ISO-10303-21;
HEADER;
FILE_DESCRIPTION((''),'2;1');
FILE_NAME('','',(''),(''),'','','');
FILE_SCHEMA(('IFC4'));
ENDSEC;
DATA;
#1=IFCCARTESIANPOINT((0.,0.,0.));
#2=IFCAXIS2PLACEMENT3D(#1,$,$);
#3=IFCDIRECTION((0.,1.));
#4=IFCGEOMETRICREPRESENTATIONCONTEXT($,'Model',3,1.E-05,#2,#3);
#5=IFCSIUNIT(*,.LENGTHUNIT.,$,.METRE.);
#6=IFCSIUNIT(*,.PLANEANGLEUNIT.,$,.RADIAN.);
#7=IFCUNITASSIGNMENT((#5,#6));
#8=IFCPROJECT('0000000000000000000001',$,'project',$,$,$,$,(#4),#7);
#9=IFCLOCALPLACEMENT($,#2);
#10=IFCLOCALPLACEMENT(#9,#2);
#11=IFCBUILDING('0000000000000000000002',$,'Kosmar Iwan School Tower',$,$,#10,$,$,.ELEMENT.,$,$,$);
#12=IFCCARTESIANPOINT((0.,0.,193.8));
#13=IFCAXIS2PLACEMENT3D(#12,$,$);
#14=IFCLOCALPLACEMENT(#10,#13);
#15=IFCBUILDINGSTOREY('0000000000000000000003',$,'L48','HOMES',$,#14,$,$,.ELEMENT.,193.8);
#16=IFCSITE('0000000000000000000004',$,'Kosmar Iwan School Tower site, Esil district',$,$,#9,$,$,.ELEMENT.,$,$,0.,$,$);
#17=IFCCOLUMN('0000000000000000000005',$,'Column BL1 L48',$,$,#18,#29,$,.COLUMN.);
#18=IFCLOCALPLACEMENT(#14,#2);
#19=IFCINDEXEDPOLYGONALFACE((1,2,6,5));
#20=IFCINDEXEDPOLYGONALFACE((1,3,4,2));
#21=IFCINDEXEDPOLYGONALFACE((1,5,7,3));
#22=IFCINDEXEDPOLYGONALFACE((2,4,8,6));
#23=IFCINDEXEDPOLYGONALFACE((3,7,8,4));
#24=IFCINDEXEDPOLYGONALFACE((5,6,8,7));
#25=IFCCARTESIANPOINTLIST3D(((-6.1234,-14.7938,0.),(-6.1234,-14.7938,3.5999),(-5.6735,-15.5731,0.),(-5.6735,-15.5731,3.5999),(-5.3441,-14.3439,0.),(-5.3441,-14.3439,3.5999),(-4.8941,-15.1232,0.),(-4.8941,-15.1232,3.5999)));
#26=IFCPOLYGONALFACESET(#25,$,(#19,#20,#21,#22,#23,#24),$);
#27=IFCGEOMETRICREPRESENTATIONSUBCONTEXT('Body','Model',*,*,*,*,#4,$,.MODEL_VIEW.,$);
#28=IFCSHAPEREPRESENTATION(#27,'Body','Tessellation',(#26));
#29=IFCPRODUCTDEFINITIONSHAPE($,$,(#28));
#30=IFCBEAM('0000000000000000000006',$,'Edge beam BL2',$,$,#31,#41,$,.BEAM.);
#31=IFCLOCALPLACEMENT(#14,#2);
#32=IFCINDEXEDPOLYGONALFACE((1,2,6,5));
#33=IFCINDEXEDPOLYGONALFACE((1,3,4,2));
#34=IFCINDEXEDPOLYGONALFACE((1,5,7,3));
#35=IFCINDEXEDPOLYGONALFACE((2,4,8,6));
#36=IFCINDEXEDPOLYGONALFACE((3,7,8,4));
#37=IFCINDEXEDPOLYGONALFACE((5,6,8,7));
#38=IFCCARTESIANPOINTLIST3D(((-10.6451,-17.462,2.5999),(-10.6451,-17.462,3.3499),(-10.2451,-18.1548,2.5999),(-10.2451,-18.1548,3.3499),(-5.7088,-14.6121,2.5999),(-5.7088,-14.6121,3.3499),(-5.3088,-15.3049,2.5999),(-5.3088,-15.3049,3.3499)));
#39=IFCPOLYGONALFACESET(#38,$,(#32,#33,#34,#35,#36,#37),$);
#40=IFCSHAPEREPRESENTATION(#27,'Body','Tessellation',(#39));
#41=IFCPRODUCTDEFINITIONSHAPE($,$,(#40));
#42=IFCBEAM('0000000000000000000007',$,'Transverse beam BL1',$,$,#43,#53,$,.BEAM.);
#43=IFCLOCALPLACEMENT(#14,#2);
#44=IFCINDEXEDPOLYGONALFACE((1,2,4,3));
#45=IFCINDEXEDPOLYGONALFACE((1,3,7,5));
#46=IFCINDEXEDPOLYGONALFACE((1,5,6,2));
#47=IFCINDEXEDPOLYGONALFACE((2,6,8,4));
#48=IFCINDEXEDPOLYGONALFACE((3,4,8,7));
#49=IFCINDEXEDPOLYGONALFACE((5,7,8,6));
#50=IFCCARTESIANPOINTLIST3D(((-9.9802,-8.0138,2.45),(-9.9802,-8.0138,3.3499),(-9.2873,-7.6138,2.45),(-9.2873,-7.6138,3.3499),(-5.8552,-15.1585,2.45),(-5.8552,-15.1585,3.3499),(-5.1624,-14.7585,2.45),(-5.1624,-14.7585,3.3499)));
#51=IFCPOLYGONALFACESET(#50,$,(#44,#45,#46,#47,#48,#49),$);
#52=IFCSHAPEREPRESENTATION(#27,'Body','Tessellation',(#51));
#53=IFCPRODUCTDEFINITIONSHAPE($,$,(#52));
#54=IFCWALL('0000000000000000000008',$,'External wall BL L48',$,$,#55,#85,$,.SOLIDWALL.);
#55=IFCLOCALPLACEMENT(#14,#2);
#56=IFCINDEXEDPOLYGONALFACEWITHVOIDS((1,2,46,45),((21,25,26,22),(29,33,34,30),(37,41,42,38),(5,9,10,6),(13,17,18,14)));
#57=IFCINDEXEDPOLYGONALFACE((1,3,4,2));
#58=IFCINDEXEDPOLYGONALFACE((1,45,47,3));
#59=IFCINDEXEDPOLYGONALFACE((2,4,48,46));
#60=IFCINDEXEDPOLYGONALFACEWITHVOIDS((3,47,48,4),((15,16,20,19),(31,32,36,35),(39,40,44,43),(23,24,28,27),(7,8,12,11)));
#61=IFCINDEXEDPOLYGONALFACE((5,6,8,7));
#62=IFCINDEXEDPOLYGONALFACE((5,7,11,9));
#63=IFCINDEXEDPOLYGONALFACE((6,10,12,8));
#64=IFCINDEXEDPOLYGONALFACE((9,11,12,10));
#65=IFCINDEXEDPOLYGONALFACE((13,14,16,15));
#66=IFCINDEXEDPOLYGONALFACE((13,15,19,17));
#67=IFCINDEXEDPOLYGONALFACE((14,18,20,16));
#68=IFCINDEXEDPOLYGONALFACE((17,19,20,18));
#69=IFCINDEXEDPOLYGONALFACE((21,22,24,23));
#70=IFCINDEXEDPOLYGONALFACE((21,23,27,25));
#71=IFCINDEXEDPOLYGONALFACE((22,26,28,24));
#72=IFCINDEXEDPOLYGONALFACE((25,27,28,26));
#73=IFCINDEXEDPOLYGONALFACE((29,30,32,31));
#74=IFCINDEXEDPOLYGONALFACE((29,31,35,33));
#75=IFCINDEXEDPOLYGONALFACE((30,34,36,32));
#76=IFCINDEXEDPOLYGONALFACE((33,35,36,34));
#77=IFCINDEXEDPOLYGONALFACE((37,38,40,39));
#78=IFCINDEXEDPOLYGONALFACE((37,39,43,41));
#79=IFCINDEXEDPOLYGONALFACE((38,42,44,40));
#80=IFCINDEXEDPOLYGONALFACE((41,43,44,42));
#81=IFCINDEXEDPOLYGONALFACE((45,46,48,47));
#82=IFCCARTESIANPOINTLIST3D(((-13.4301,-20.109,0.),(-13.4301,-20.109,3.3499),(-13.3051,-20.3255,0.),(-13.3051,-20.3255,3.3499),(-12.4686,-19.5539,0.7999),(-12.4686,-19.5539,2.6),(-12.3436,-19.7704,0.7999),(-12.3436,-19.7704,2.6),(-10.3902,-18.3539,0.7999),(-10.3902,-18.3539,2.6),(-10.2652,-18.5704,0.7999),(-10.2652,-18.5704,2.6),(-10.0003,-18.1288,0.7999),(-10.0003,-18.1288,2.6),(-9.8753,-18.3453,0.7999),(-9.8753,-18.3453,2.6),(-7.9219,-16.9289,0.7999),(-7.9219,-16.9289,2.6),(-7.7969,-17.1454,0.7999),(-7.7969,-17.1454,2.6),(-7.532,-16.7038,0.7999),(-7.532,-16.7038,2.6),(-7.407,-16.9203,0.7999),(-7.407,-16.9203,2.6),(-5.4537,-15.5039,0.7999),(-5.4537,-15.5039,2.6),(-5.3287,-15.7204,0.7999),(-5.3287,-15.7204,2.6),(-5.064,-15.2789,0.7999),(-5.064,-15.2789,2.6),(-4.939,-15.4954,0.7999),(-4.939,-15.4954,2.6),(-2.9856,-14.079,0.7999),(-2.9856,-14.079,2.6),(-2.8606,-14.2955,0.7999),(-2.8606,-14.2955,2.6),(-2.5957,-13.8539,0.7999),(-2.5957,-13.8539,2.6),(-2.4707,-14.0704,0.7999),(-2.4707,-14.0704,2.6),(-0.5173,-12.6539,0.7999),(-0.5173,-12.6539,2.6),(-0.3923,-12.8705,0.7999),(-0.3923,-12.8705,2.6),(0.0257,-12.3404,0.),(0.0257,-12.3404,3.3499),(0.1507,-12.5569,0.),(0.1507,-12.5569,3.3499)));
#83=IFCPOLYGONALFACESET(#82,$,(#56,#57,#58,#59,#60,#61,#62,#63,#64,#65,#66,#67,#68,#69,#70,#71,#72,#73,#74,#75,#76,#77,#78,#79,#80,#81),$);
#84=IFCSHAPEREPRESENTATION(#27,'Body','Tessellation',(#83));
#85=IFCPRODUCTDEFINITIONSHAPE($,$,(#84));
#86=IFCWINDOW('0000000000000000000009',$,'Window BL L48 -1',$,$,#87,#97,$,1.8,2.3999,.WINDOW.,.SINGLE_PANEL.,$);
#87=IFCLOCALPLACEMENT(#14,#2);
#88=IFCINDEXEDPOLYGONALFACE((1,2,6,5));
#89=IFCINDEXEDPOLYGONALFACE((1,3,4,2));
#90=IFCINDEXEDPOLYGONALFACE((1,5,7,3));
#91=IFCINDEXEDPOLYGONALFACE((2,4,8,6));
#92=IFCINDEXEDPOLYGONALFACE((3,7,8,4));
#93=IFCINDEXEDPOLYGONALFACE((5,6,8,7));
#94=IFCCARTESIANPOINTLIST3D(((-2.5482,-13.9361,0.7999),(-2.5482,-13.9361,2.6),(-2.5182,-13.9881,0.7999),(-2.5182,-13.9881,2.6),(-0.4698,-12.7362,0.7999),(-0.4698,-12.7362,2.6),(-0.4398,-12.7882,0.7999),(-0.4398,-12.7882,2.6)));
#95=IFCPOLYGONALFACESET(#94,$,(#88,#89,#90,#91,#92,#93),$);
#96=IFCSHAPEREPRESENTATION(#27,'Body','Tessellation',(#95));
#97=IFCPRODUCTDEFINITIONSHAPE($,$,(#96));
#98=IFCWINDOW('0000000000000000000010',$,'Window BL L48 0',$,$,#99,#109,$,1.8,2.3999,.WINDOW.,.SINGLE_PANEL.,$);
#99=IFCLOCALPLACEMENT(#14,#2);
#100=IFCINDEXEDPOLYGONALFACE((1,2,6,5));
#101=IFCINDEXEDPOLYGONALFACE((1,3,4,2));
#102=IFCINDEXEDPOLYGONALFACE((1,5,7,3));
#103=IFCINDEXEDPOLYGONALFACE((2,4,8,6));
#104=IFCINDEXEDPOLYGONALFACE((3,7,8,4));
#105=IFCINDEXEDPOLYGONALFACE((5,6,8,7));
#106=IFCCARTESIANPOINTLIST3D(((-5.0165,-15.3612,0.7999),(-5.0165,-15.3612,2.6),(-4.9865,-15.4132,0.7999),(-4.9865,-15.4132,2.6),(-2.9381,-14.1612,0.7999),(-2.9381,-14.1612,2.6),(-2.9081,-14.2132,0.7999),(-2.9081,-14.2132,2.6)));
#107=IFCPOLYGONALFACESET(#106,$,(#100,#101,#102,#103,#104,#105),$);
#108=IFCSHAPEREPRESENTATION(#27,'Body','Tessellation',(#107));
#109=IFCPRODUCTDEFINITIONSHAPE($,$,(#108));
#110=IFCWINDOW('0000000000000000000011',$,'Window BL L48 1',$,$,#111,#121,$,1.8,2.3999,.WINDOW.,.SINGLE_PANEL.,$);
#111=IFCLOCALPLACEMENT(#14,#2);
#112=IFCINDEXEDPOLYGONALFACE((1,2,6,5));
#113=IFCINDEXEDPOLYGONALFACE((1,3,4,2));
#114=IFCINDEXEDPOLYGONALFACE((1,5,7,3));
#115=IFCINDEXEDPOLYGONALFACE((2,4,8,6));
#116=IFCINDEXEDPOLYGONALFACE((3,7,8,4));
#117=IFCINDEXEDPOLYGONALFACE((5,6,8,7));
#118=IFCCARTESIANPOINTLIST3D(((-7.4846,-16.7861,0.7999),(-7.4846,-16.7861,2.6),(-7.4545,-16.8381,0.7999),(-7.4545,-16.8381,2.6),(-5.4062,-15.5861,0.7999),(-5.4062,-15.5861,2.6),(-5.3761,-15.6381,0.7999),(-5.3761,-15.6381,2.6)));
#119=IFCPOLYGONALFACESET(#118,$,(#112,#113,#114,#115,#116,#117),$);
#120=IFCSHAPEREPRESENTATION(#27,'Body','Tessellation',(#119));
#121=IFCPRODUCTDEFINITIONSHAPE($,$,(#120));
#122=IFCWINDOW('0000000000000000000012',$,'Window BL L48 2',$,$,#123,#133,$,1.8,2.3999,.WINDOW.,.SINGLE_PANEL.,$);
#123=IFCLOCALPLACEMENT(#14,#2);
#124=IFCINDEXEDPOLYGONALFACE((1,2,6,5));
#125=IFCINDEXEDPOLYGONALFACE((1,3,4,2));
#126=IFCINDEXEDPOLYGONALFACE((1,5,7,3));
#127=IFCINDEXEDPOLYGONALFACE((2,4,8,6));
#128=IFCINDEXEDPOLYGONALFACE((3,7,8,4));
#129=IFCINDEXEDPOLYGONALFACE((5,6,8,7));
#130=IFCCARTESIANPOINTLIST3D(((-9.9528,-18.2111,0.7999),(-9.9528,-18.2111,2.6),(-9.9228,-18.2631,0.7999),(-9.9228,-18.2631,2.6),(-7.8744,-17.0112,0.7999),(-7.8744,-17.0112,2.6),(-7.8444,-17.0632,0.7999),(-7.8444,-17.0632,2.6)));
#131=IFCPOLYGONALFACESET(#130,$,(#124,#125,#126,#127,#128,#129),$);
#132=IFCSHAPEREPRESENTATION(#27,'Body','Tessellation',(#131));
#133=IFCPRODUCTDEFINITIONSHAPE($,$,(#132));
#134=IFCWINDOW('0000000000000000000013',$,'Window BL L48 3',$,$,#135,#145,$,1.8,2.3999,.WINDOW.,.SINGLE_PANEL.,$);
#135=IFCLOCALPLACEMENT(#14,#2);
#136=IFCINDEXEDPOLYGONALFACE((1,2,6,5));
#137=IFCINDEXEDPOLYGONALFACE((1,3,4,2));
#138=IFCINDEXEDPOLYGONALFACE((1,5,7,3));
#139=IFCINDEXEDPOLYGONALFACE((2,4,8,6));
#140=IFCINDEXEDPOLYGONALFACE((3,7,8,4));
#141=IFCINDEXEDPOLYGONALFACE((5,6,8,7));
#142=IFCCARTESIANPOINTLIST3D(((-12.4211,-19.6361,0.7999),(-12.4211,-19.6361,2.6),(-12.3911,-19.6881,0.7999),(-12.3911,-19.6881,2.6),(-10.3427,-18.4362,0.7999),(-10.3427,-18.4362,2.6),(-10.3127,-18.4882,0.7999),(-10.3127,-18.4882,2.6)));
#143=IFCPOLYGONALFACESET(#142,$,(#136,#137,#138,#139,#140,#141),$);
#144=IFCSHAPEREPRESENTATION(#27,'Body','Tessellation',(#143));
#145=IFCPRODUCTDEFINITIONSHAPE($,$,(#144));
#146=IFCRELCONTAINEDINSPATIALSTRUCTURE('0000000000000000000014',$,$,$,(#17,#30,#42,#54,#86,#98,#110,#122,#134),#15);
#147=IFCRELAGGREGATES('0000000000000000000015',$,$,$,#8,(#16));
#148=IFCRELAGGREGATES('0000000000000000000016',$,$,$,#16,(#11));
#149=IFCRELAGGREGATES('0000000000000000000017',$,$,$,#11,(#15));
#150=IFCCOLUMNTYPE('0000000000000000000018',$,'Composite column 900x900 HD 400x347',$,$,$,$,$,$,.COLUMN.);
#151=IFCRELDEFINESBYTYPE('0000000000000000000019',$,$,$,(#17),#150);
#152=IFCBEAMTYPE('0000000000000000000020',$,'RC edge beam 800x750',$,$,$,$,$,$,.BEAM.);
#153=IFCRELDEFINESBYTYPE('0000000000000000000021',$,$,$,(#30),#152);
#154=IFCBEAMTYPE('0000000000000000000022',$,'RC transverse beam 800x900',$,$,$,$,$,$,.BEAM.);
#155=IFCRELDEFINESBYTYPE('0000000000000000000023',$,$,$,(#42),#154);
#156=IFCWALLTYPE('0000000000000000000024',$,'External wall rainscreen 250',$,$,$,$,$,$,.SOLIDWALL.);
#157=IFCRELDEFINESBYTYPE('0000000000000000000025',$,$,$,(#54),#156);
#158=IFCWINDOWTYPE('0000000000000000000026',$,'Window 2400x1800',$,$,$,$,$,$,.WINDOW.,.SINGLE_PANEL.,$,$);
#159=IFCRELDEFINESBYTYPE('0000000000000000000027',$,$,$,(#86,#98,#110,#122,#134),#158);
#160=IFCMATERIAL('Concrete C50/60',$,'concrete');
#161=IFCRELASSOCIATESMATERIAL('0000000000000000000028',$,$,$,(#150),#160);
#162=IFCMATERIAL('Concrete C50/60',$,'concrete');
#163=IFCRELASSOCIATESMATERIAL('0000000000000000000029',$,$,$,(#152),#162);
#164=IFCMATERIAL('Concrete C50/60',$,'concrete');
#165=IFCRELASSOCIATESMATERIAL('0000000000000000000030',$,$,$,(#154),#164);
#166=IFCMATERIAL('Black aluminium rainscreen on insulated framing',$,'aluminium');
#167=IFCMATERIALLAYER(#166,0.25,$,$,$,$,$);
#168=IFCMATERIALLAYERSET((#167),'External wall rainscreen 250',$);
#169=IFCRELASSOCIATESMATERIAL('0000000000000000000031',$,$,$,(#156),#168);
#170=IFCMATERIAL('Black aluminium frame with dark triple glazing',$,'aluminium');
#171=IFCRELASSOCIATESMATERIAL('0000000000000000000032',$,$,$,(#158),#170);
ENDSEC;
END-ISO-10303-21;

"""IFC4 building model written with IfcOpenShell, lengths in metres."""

from ifc_helpers import new_model, si_unit, direction, frame, frame_2d, origin, origin_2d, place, context, subcontext, project, spatial, rectangle, extrude, material, layer, layer_set, material_profile, profile_set, type_object, element, fill, save


model = new_model("IFC4")

# Units and contexts
model_context = context("Model", 3, precision=1e-05, world=origin(), true_north=direction((0.0, 1.0)))
body_context = subcontext(model_context, "Body", "Model", "MODEL_VIEW")
ifc_project = project(units=[si_unit("LENGTHUNIT", "METRE"), si_unit("PLANEANGLEUNIT", "RADIAN")], contexts=[model_context])

# Site, building, storey
site_placement = place(None, origin())
site = spatial("IfcSite", under=ifc_project, at=site_placement, Name="Kosmar Iwan School Tower site, Esil district", CompositionType="ELEMENT", RefElevation=0.0)
building_placement = place(site_placement, origin())
building = spatial("IfcBuilding", under=site, at=building_placement, Name="Kosmar Iwan School Tower", CompositionType="ELEMENT")
storey_placement = place(building_placement, frame((0.0, 0.0, 193.8)))
storey = spatial("IfcBuildingStorey", under=building, at=storey_placement, Name="L48", Description="HOMES", CompositionType="ELEMENT", Elevation=193.8)

# Column
ifc_material_1 = material(Name="Concrete C50/60", Category="concrete")
ifc_material_profile_1 = material_profile(ifc_material_1, rectangle(XDim=0.8999, YDim=0.8999, at=origin_2d()), Name="RC 900x900 + HD 400x347")
ifc_profile_set_1 = profile_set([ifc_material_profile_1], Name="Concrete C50/60")
column_type = type_object("IfcColumnType", Name="Composite column 900x900 HD 400x347", PredefinedType="COLUMN", material=ifc_profile_set_1)
column_placement = place(storey_placement, frame((-5.5088, -14.9585, 0.0), z_axis=(0.0, 0.0, 1.0), x_axis=(-0.866025, -0.5, 0.0)))
element("IfcColumn", 1, at=column_placement, inside=storey, type_object=column_type, Name="Column BL1 L48", PredefinedType="COLUMN", context=body_context, shape_type="SweptSolid", body=[
    extrude(rectangle(XDim=0.8999, YDim=0.8999, at=origin_2d()), origin(), (0.0, 0.0, 1.0), 3.5999),
])

# Beams
ifc_material_2 = material(Name="Concrete C50/60", Category="concrete")
ifc_material_profile_2 = material_profile(ifc_material_2, rectangle(XDim=0.8, YDim=0.75, at=origin_2d()), Name="RC 800x750")
ifc_profile_set_2 = profile_set([ifc_material_profile_2], Name="Concrete C50/60")
beam_type_1 = type_object("IfcBeamType", Name="RC edge beam 800x750", PredefinedType="BEAM", material=ifc_profile_set_2)
beam_1_placement = place(storey_placement, frame((-5.5088, -14.9585, 2.9749), z_axis=(-0.866034, -0.499986, 0.0), x_axis=(0.499986, -0.866034, 0.0)))
element("IfcBeam", 2, at=beam_1_placement, inside=storey, type_object=beam_type_1, Name="Edge beam BL2", PredefinedType="BEAM", context=body_context, shape_type="SweptSolid", body=[
    extrude(rectangle(XDim=0.8, YDim=0.75, at=origin_2d()), origin(), (0.0, 0.0, 1.0), 5.7),
])
ifc_material_3 = material(Name="Concrete C50/60", Category="concrete")
ifc_material_profile_3 = material_profile(ifc_material_3, rectangle(XDim=0.8, YDim=0.8999, at=origin_2d()), Name="RC 800x900")
ifc_profile_set_3 = profile_set([ifc_material_profile_3], Name="Concrete C50/60")
beam_type_2 = type_object("IfcBeamType", Name="RC transverse beam 800x900", PredefinedType="BEAM", material=ifc_profile_set_3)
beam_2_placement = place(storey_placement, frame((-5.5088, -14.9585, 2.8999), z_axis=(-0.499997, 0.866027, 0.0), x_axis=(-0.866027, -0.499997, 0.0)))
element("IfcBeam", 3, at=beam_2_placement, inside=storey, type_object=beam_type_2, Name="Transverse beam BL1", PredefinedType="BEAM", context=body_context, shape_type="SweptSolid", body=[
    extrude(rectangle(XDim=0.8, YDim=0.8999, at=origin_2d()), origin(), (0.0, 0.0, 1.0), 8.25),
])

# Wall, openings, windows
ifc_material_4 = material(Name="Black aluminium rainscreen on insulated framing", Category="aluminium")
ifc_layer = layer(ifc_material_4, 0.25)
ifc_layer_set = layer_set([ifc_layer], Name="External wall rainscreen 250")
wall_type = type_object("IfcWallType", Name="External wall rainscreen 250", PredefinedType="SOLIDWALL", material=ifc_layer_set)
wall_1_placement = place(storey_placement, frame((0.0881, -12.4487, 0.0), z_axis=(0.0, 0.0, 1.0), x_axis=(-0.86603, -0.499992, 0.0)))
wall_1 = element("IfcWall", 4, at=wall_1_placement, inside=storey, type_object=wall_type, Name="External wall BL L48", PredefinedType="SOLIDWALL", context=body_context, shape_type="SweptSolid", body=[
    extrude(rectangle(XDim=15.5374, YDim=0.25, at=frame_2d((7.7686, 0.0))), origin(), (0.0, 0.0, 1.0), 3.3499),
])
opening_1_placement = place(wall_1_placement, frame((0.627, 0.0, 0.8)))
opening_1 = element("IfcOpeningElement", 5, at=opening_1_placement, cuts=wall_1, PredefinedType="OPENING", context=body_context, shape_type="SweptSolid", body=[
    extrude(rectangle(XDim=2.3999, YDim=1.8, at=frame_2d((1.2, 0.8999))), frame((0.0, 0.137, 0.0), z_axis=(0.0, -1.0, 0.0), x_axis=(1.0, 0.0, 0.0)), (0.0, 0.0, 1.0), 0.2739),
])
opening_2_placement = place(wall_1_placement, frame((3.4771, 0.0, 0.8)))
opening_2 = element("IfcOpeningElement", 6, at=opening_2_placement, cuts=wall_1, PredefinedType="OPENING", context=body_context, shape_type="SweptSolid", body=[
    extrude(rectangle(XDim=2.3999, YDim=1.8, at=frame_2d((1.2, 0.8999))), frame((0.0, 0.137, 0.0), z_axis=(0.0, -1.0, 0.0), x_axis=(1.0, 0.0, 0.0)), (0.0, 0.0, 1.0), 0.2739),
])
opening_3_placement = place(wall_1_placement, frame((6.3269, 0.0, 0.8)))
opening_3 = element("IfcOpeningElement", 7, at=opening_3_placement, cuts=wall_1, PredefinedType="OPENING", context=body_context, shape_type="SweptSolid", body=[
    extrude(rectangle(XDim=2.3999, YDim=1.8, at=frame_2d((1.2, 0.8999))), frame((0.0, 0.137, 0.0), z_axis=(0.0, -1.0, 0.0), x_axis=(1.0, 0.0, 0.0)), (0.0, 0.0, 1.0), 0.2739),
])
opening_4_placement = place(wall_1_placement, frame((9.177, 0.0, 0.8)))
opening_4 = element("IfcOpeningElement", 8, at=opening_4_placement, cuts=wall_1, PredefinedType="OPENING", context=body_context, shape_type="SweptSolid", body=[
    extrude(rectangle(XDim=2.3999, YDim=1.8, at=frame_2d((1.2, 0.8999))), frame((0.0, 0.137, 0.0), z_axis=(0.0, -1.0, 0.0), x_axis=(1.0, 0.0, 0.0)), (0.0, 0.0, 1.0), 0.2739),
])
opening_5_placement = place(wall_1_placement, frame((12.0271, 0.0, 0.8)))
opening_5 = element("IfcOpeningElement", 9, at=opening_5_placement, cuts=wall_1, PredefinedType="OPENING", context=body_context, shape_type="SweptSolid", body=[
    extrude(rectangle(XDim=2.3999, YDim=1.8, at=frame_2d((1.2, 0.8999))), frame((0.0, 0.137, 0.0), z_axis=(0.0, -1.0, 0.0), x_axis=(1.0, 0.0, 0.0)), (0.0, 0.0, 1.0), 0.2739),
])
ifc_material_5 = material(Name="Black aluminium frame with dark triple glazing", Category="aluminium")
window_type = type_object("IfcWindowType", Name="Window 2400x1800", PartitioningType="SINGLE_PANEL", PredefinedType="WINDOW", material=ifc_material_5)
window_1_placement = place(opening_1_placement, origin())
window_1 = element("IfcWindow", 10, at=window_1_placement, inside=storey, type_object=window_type, Name="Window BL L48 -1", OverallHeight=1.8, OverallWidth=2.3999, PartitioningType="SINGLE_PANEL", PredefinedType="WINDOW", context=body_context, shape_type="SweptSolid", body=[
    extrude(rectangle(XDim=2.3999, YDim=1.8, at=frame_2d((1.2, 0.8999))), frame((0.0, 0.03, 0.0), z_axis=(0.0, -1.0, 0.0), x_axis=(1.0, 0.0, 0.0)), (0.0, 0.0, 1.0), 0.0601),
])
fill(opening_1, window_1)
window_2_placement = place(opening_2_placement, origin())
window_2 = element("IfcWindow", 11, at=window_2_placement, inside=storey, type_object=window_type, Name="Window BL L48 0", OverallHeight=1.8, OverallWidth=2.3999, PartitioningType="SINGLE_PANEL", PredefinedType="WINDOW", context=body_context, shape_type="SweptSolid", body=[
    extrude(rectangle(XDim=2.3999, YDim=1.8, at=frame_2d((1.2, 0.8999))), frame((0.0, 0.03, 0.0), z_axis=(0.0, -1.0, 0.0), x_axis=(1.0, 0.0, 0.0)), (0.0, 0.0, 1.0), 0.0601),
])
fill(opening_2, window_2)
window_3_placement = place(opening_3_placement, origin())
window_3 = element("IfcWindow", 12, at=window_3_placement, inside=storey, type_object=window_type, Name="Window BL L48 1", OverallHeight=1.8, OverallWidth=2.3999, PartitioningType="SINGLE_PANEL", PredefinedType="WINDOW", context=body_context, shape_type="SweptSolid", body=[
    extrude(rectangle(XDim=2.3999, YDim=1.8, at=frame_2d((1.2, 0.8999))), frame((0.0, 0.03, 0.0), z_axis=(0.0, -1.0, 0.0), x_axis=(1.0, 0.0, 0.0)), (0.0, 0.0, 1.0), 0.0601),
])
fill(opening_3, window_3)
window_4_placement = place(opening_4_placement, origin())
window_4 = element("IfcWindow", 13, at=window_4_placement, inside=storey, type_object=window_type, Name="Window BL L48 2", OverallHeight=1.8, OverallWidth=2.3999, PartitioningType="SINGLE_PANEL", PredefinedType="WINDOW", context=body_context, shape_type="SweptSolid", body=[
    extrude(rectangle(XDim=2.3999, YDim=1.8, at=frame_2d((1.2, 0.8999))), frame((0.0, 0.03, 0.0), z_axis=(0.0, -1.0, 0.0), x_axis=(1.0, 0.0, 0.0)), (0.0, 0.0, 1.0), 0.0601),
])
fill(opening_4, window_4)
window_5_placement = place(opening_5_placement, origin())
window_5 = element("IfcWindow", 14, at=window_5_placement, inside=storey, type_object=window_type, Name="Window BL L48 3", OverallHeight=1.8, OverallWidth=2.3999, PartitioningType="SINGLE_PANEL", PredefinedType="WINDOW", context=body_context, shape_type="SweptSolid", body=[
    extrude(rectangle(XDim=2.3999, YDim=1.8, at=frame_2d((1.2, 0.8999))), frame((0.0, 0.03, 0.0), z_axis=(0.0, -1.0, 0.0), x_axis=(1.0, 0.0, 0.0)), (0.0, 0.0, 1.0), 0.0601),
])
fill(opening_5, window_5)

save(model, "model.ifc")
